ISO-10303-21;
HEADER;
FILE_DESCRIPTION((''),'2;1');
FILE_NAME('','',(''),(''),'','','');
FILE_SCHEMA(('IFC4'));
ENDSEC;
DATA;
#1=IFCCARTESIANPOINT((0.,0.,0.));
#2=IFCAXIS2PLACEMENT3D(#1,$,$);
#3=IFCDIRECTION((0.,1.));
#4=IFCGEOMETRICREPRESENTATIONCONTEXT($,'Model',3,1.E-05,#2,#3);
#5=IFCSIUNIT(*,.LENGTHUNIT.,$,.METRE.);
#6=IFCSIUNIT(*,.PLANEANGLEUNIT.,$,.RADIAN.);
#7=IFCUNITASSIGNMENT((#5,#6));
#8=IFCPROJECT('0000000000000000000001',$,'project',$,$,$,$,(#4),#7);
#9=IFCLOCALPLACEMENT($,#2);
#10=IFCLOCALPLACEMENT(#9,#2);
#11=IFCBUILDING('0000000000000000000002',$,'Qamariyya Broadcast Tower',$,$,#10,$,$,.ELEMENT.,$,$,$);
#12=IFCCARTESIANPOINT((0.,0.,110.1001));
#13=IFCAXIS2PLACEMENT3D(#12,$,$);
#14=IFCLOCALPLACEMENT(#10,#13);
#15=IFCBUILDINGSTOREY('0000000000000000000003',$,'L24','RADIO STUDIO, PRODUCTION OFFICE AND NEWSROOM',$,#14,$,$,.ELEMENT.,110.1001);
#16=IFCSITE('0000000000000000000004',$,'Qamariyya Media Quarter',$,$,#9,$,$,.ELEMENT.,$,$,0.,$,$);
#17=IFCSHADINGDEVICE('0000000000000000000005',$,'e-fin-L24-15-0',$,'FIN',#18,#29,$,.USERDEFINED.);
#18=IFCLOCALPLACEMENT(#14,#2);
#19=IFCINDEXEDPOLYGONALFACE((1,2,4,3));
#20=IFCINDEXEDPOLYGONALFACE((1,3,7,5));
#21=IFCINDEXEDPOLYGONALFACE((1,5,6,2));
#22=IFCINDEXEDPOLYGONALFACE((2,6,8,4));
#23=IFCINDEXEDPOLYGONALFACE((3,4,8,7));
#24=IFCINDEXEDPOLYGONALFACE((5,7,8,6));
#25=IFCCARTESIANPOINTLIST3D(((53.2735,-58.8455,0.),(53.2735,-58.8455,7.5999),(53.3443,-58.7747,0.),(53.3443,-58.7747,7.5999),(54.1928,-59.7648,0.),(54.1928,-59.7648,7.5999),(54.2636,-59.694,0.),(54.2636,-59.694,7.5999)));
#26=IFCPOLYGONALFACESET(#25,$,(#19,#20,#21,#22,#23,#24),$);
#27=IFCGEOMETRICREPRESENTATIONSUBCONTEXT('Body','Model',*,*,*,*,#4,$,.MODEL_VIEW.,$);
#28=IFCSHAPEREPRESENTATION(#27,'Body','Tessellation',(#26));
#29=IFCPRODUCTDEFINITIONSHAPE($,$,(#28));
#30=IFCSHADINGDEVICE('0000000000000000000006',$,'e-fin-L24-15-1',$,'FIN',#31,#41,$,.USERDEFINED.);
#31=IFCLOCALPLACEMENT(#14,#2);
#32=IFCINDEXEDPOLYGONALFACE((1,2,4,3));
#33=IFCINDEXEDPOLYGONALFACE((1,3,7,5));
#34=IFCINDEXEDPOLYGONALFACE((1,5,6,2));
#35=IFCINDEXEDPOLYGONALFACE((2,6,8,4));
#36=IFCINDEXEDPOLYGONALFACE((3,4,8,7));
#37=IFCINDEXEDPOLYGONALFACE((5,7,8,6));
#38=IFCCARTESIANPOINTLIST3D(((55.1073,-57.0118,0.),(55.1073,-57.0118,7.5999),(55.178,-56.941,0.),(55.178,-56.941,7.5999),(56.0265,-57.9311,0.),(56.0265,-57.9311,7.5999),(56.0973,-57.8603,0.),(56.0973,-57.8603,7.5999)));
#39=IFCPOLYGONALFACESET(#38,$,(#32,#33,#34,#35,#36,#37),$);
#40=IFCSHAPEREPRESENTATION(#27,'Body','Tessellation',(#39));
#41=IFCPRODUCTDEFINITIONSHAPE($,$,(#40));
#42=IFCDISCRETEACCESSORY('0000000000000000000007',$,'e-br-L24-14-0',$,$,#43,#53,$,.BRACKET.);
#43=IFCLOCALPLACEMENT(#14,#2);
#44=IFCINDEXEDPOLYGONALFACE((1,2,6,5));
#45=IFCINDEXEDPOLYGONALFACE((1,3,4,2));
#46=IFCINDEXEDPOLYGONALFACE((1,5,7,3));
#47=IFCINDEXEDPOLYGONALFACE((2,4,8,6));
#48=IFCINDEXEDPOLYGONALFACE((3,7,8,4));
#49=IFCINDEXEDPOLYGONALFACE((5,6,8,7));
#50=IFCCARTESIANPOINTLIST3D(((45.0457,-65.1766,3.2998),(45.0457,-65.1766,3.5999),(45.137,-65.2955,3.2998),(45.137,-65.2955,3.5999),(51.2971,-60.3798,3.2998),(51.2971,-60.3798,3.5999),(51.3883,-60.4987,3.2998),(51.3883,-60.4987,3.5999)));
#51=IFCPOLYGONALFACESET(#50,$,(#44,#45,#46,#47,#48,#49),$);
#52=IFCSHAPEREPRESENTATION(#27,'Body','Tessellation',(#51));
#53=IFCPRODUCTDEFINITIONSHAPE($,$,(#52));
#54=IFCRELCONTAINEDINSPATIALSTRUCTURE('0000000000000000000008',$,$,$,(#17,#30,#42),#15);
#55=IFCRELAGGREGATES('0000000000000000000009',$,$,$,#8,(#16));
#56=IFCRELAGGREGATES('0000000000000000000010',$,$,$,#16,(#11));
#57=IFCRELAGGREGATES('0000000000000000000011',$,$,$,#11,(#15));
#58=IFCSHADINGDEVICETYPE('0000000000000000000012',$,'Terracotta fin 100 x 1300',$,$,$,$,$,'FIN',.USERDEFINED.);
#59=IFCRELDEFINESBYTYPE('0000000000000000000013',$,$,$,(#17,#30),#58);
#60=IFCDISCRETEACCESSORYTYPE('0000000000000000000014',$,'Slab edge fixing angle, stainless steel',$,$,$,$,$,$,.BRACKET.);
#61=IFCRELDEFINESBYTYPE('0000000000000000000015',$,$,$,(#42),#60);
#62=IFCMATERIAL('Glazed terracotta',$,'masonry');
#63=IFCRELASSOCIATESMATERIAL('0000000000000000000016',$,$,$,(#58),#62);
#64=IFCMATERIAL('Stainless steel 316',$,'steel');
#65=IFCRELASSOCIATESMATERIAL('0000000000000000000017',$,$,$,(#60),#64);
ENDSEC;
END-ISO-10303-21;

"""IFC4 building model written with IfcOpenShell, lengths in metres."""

from ifc_helpers import new_model, si_unit, direction, frame, origin, origin_2d, place, context, subcontext, project, spatial, rectangle, extrude, material, material_profile, profile_set, type_object, element, save


model = new_model("IFC4")

# Units and contexts
model_context = context("Model", 3, precision=1e-05, world=origin(), true_north=direction((0.0, 1.0)))
body_context = subcontext(model_context, "Body", "Model", "MODEL_VIEW")
ifc_project = project(units=[si_unit("LENGTHUNIT", "METRE"), si_unit("PLANEANGLEUNIT", "RADIAN")], contexts=[model_context])

# Site, building, storey
site_placement = place(None, origin())
site = spatial("IfcSite", under=ifc_project, at=site_placement, Name="Qamariyya Media Quarter", CompositionType="ELEMENT", RefElevation=0.0)
building_placement = place(site_placement, origin())
building = spatial("IfcBuilding", under=site, at=building_placement, Name="Qamariyya Broadcast Tower", CompositionType="ELEMENT")
storey_placement = place(building_placement, frame((0.0, 0.0, 110.1001)))
storey = spatial("IfcBuildingStorey", under=building, at=storey_placement, Name="L24", Description="RADIO STUDIO, PRODUCTION OFFICE AND NEWSROOM", CompositionType="ELEMENT", Elevation=110.1001)

# Shading devices
ifc_material_1 = material(Name="Glazed terracotta", Category="masonry")
ifc_material_profile_1 = material_profile(ifc_material_1, rectangle(XDim=1.3, YDim=0.1001, at=origin_2d()))
ifc_profile_set_1 = profile_set([ifc_material_profile_1], Name="Glazed terracotta")
shading_device_type_1 = type_object("IfcShadingDeviceType", Name="Terracotta fin 100 x 1300", ElementType="FIN", PredefinedType="USERDEFINED", material=ifc_profile_set_1)
for number, where, z_axis, x_axis, name in (
    (1, (53.7686, -59.2698, 0.0), (0.0, 0.0, 1.0), (0.707107, -0.707107, 0.0), "e-fin-L24-15-0"),
    (2, (55.6023, -57.436, 0.0), (0.0, 0.0, 1.0), (0.707107, -0.707107, 0.0), "e-fin-L24-15-1"),
):
    element("IfcShadingDevice", number, at=place(storey_placement, frame(where, z_axis=z_axis, x_axis=x_axis)), inside=storey, type_object=shading_device_type_1, Name=name, ObjectType="FIN", PredefinedType="USERDEFINED", context=body_context, shape_type="SweptSolid", body=[
        extrude(rectangle(XDim=1.3, YDim=0.1001, at=origin_2d()), origin(), (0.0, 0.0, 1.0), 7.5999),
    ])

# Discrete accessory
ifc_material_2 = material(Name="Stainless steel 316", Category="steel")
discrete_accessory_type = type_object("IfcDiscreteAccessoryType", Name="Slab edge fixing angle, stainless steel", PredefinedType="BRACKET", material=ifc_material_2)
discrete_accessory_placement = place(storey_placement, frame((48.217, -62.8376, 3.2998), z_axis=(0.0, 0.0, 1.0), x_axis=(0.793353, 0.608761, 0.0)))
element("IfcDiscreteAccessory", 3, at=discrete_accessory_placement, inside=storey, type_object=discrete_accessory_type, Name="e-br-L24-14-0", PredefinedType="BRACKET", context=body_context, shape_type="SweptSolid", body=[
    extrude(rectangle(XDim=7.8796, YDim=0.1499, at=origin_2d()), origin(), (0.0, 0.0, 1.0), 0.3),
])

save(model, "model.ifc")
